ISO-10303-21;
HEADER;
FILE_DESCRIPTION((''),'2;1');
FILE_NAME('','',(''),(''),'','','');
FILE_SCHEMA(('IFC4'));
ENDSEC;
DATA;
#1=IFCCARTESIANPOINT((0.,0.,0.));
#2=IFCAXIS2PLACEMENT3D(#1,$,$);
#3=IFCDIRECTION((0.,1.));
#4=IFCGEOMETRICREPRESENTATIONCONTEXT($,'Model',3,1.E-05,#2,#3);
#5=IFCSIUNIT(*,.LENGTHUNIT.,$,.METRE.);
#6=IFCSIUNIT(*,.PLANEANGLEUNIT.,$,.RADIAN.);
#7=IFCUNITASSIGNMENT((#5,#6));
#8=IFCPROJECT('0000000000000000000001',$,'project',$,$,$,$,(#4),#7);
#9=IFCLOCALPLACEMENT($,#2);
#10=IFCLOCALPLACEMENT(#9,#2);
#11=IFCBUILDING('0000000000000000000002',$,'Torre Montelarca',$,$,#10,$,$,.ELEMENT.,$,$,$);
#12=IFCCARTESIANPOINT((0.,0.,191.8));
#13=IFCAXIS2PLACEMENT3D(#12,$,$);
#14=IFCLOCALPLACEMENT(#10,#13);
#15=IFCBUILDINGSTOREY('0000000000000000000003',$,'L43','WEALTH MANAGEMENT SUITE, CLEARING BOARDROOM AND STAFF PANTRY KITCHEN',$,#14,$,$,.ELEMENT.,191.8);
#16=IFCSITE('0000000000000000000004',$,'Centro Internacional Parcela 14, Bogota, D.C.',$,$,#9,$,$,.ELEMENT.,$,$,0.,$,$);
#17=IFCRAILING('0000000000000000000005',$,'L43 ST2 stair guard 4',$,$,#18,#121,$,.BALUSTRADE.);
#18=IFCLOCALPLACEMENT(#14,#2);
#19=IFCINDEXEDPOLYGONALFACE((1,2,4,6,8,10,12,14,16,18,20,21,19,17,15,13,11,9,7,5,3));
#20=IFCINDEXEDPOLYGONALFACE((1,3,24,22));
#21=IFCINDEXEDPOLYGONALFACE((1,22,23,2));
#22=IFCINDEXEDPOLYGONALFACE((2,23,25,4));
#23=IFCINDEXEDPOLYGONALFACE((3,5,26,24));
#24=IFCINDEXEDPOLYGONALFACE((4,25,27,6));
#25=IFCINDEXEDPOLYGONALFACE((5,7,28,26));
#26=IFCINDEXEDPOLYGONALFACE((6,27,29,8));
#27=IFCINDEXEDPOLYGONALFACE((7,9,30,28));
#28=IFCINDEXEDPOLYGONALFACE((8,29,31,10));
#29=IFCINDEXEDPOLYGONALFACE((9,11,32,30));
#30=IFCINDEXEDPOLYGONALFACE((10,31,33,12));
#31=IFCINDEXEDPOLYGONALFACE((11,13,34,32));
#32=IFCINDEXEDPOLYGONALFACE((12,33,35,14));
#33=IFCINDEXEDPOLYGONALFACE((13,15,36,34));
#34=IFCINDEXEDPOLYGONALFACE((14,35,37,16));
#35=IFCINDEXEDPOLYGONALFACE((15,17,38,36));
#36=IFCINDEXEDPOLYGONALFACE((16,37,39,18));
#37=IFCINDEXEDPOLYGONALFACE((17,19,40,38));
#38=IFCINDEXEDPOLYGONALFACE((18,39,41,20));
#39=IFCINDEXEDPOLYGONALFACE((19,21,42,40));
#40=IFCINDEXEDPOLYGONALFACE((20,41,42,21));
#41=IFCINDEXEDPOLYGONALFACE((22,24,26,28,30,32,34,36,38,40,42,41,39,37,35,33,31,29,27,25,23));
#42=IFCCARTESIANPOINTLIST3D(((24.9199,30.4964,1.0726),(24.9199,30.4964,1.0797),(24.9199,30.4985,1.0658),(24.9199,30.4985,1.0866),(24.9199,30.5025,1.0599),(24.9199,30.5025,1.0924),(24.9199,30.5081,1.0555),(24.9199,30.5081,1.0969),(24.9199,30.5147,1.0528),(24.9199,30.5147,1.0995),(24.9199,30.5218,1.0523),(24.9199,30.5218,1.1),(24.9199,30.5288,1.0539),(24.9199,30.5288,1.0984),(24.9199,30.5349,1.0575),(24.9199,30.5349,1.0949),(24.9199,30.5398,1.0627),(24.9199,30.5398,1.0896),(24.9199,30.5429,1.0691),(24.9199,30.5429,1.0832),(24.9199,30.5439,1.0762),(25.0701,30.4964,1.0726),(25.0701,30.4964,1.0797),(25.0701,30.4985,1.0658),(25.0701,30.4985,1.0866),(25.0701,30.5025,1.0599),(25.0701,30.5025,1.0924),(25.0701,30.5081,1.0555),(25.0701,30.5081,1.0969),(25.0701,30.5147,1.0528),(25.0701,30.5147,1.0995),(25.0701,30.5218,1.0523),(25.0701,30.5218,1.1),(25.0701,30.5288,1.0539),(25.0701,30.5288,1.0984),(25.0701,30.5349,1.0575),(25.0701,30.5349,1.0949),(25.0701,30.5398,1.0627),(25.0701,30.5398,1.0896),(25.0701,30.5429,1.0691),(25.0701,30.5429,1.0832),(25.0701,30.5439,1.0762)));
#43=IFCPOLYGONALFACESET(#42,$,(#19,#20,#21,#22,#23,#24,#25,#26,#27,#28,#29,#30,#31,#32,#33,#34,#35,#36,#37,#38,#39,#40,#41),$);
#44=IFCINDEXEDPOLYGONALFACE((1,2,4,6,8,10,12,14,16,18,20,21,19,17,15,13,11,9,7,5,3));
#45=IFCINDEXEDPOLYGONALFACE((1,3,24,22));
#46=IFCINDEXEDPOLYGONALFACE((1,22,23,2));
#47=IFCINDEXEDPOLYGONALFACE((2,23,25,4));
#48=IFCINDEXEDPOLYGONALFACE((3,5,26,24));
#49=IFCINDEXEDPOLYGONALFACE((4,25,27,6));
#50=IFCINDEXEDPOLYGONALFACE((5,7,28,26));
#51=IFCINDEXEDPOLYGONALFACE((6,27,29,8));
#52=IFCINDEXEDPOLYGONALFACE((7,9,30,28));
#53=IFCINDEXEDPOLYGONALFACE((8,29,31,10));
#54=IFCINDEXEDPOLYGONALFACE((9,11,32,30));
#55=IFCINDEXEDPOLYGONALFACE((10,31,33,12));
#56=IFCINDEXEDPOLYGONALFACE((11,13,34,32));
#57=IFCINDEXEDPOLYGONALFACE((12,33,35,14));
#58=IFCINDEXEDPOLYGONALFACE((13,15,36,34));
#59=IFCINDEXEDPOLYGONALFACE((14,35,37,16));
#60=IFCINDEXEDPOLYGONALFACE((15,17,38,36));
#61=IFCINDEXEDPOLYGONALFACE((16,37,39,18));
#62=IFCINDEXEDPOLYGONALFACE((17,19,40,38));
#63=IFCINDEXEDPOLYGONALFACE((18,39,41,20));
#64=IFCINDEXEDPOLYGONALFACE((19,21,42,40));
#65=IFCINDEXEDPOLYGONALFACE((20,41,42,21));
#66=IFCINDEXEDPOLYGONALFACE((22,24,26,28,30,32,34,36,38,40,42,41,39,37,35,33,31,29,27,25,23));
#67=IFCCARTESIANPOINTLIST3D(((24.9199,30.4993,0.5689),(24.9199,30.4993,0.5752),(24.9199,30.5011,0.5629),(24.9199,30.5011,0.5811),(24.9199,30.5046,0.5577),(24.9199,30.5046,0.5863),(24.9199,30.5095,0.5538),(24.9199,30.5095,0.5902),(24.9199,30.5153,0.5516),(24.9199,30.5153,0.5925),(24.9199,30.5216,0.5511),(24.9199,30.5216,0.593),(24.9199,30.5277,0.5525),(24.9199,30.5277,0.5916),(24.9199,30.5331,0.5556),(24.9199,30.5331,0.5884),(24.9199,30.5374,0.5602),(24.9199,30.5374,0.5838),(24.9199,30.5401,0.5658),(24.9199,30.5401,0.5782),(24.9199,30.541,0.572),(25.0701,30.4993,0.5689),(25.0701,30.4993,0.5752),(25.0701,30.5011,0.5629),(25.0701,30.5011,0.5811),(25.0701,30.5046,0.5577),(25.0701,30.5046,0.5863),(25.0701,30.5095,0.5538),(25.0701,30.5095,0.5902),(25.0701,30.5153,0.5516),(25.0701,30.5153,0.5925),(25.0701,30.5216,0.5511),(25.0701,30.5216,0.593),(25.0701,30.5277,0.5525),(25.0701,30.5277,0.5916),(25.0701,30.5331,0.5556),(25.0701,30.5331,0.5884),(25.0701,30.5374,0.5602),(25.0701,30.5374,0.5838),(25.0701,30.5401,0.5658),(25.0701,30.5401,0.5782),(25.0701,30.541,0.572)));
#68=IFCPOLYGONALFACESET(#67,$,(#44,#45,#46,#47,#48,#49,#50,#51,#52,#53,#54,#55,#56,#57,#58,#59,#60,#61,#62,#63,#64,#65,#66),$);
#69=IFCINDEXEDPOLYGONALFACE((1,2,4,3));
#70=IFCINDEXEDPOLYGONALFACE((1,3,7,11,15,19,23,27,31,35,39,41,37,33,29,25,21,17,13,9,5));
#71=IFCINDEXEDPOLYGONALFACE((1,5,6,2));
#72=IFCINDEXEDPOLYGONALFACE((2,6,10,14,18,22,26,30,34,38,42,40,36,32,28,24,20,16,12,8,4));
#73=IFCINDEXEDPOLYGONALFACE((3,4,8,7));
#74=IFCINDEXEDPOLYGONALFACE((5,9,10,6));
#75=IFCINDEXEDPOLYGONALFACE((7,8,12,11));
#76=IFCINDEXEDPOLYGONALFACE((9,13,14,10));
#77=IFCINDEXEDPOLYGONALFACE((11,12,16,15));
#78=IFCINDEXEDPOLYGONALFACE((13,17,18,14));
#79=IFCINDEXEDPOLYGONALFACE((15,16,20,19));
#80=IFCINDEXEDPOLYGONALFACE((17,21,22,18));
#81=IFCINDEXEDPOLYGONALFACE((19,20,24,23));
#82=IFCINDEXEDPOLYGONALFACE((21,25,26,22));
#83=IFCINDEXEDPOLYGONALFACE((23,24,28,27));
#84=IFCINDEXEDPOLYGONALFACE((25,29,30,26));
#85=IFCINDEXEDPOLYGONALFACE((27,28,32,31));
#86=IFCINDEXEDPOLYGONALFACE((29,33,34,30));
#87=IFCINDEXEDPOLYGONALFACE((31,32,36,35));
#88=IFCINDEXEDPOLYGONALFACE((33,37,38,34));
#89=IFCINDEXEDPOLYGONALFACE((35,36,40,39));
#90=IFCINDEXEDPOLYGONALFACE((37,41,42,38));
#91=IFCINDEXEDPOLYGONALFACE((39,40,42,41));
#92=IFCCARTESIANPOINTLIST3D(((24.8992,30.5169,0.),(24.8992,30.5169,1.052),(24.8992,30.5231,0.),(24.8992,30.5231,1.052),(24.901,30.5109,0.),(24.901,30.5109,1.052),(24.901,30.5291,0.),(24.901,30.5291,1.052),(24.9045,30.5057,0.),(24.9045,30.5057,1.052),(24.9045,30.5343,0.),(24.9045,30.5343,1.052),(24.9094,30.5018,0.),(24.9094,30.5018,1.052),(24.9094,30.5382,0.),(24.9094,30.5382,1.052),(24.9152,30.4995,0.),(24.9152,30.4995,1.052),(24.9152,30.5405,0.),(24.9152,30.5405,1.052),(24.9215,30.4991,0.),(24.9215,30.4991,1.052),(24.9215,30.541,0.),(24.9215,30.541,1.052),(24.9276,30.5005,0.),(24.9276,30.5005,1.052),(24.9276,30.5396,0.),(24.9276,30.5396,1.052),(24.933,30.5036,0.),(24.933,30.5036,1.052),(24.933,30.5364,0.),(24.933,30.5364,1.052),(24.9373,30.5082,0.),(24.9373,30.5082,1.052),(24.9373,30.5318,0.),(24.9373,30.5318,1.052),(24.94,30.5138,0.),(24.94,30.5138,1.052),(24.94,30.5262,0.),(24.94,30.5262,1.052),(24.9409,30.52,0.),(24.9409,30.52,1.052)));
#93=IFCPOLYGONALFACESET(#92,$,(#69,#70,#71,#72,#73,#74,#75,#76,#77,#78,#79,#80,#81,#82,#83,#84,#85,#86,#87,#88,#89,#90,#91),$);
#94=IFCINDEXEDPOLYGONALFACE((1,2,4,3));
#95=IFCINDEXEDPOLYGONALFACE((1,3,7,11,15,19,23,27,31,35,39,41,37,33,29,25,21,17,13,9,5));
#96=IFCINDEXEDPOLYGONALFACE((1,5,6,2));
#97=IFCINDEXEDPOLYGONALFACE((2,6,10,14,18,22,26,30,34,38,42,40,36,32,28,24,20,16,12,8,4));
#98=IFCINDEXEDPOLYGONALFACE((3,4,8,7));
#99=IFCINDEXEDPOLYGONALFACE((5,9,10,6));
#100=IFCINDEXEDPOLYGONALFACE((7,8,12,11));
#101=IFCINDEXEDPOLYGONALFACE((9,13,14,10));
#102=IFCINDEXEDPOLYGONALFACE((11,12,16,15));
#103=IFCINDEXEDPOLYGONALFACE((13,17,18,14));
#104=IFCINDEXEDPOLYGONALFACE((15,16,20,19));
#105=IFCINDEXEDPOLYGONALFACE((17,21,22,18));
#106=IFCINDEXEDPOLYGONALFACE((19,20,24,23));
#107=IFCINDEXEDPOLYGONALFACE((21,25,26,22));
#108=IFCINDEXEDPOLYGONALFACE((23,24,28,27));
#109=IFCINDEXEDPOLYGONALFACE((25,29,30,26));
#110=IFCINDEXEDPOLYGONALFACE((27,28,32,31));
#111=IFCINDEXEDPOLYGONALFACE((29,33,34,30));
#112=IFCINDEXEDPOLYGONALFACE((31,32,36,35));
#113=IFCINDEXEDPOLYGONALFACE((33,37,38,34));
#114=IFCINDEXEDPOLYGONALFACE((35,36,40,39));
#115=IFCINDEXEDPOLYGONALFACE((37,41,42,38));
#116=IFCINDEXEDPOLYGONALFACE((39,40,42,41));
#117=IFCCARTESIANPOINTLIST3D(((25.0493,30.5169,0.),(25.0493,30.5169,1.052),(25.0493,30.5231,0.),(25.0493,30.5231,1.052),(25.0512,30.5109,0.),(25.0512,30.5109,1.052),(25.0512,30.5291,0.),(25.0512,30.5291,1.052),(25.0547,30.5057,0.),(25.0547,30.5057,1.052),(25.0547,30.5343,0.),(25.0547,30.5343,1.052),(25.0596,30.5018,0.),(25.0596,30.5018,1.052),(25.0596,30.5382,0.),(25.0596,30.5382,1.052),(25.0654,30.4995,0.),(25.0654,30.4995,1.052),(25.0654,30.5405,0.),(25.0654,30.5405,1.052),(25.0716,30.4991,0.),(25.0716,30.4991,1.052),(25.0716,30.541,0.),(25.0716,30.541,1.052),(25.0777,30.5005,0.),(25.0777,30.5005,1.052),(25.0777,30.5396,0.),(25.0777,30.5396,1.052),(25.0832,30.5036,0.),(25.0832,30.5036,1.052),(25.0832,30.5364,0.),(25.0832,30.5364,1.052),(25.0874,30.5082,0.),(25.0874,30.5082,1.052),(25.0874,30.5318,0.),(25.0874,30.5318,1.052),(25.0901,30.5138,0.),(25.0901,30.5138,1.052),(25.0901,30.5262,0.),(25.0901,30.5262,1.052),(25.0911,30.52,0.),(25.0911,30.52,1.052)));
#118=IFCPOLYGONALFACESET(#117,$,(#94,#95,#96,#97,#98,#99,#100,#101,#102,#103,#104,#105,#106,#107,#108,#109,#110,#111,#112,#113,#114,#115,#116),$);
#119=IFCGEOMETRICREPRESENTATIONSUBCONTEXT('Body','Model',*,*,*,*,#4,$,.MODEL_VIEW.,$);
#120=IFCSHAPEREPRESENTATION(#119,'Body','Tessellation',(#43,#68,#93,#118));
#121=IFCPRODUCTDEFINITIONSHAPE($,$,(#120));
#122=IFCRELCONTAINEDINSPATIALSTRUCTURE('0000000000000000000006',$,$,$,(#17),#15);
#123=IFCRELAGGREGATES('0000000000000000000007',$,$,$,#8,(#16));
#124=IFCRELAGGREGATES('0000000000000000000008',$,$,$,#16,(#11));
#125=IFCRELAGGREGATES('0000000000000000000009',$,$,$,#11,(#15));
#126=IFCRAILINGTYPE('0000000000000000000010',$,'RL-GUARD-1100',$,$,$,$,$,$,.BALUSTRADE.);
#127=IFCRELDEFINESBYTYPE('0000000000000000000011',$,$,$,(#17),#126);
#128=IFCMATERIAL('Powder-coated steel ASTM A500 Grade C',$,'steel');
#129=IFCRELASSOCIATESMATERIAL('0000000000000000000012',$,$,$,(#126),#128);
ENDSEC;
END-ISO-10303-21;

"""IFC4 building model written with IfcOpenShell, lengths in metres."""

from ifc_helpers import new_model, si_unit, direction, frame, origin, origin_2d, place, context, subcontext, project, spatial, circle, extrude, material, type_object, element, save


model = new_model("IFC4")

# Units and contexts
model_context = context("Model", 3, precision=1e-05, world=origin(), true_north=direction((0.0, 1.0)))
body_context = subcontext(model_context, "Body", "Model", "MODEL_VIEW")
ifc_project = project(units=[si_unit("LENGTHUNIT", "METRE"), si_unit("PLANEANGLEUNIT", "RADIAN")], contexts=[model_context])

# Site, building, storey
site_placement = place(None, origin())
site = spatial("IfcSite", under=ifc_project, at=site_placement, Name="Centro Internacional Parcela 14, Bogota, D.C.", CompositionType="ELEMENT", RefElevation=0.0)
building_placement = place(site_placement, origin())
building = spatial("IfcBuilding", under=site, at=building_placement, Name="Torre Montelarca", CompositionType="ELEMENT")
storey_placement = place(building_placement, frame((0.0, 0.0, 191.8)))
storey = spatial("IfcBuildingStorey", under=building, at=storey_placement, Name="L43", Description="WEALTH MANAGEMENT SUITE, CLEARING BOARDROOM AND STAFF PANTRY KITCHEN", CompositionType="ELEMENT", Elevation=191.8)

# Railing
ifc_material_1 = material(Name="Powder-coated steel ASTM A500 Grade C", Category="steel")
railing_type_1 = type_object("IfcRailingType", Name="RL-GUARD-1100", PredefinedType="BALUSTRADE", material=ifc_material_1)
railing_1_placement = place(storey_placement, frame((24.9199, 30.52, 0.0)))
element("IfcRailing", 1, at=railing_1_placement, inside=storey, type_object=railing_type_1, Name="L43 ST2 stair guard 4", PredefinedType="BALUSTRADE", context=body_context, shape_type="SweptSolid", body=[
    extrude(circle(Radius=0.0239, at=origin_2d()), frame((0.0, 0.0, 1.0762), z_axis=(1.0, 0.0, 0.0), x_axis=(0.0, 1.0, 0.0)), (0.0, 0.0, 1.0), 0.1501),
    extrude(circle(Radius=0.021, at=origin_2d()), frame((0.0, 0.0, 0.572), z_axis=(1.0, 0.0, 0.0), x_axis=(0.0, 1.0, 0.0)), (0.0, 0.0, 1.0), 0.1501),
    extrude(circle(Radius=0.021, at=origin_2d()), origin(), (0.0, 0.0, 1.0), 1.052),
    extrude(circle(Radius=0.021, at=origin_2d()), frame((0.1501, 0.0, 0.0)), (0.0, 0.0, 1.0), 1.052),
])

save(model, "model.ifc")
